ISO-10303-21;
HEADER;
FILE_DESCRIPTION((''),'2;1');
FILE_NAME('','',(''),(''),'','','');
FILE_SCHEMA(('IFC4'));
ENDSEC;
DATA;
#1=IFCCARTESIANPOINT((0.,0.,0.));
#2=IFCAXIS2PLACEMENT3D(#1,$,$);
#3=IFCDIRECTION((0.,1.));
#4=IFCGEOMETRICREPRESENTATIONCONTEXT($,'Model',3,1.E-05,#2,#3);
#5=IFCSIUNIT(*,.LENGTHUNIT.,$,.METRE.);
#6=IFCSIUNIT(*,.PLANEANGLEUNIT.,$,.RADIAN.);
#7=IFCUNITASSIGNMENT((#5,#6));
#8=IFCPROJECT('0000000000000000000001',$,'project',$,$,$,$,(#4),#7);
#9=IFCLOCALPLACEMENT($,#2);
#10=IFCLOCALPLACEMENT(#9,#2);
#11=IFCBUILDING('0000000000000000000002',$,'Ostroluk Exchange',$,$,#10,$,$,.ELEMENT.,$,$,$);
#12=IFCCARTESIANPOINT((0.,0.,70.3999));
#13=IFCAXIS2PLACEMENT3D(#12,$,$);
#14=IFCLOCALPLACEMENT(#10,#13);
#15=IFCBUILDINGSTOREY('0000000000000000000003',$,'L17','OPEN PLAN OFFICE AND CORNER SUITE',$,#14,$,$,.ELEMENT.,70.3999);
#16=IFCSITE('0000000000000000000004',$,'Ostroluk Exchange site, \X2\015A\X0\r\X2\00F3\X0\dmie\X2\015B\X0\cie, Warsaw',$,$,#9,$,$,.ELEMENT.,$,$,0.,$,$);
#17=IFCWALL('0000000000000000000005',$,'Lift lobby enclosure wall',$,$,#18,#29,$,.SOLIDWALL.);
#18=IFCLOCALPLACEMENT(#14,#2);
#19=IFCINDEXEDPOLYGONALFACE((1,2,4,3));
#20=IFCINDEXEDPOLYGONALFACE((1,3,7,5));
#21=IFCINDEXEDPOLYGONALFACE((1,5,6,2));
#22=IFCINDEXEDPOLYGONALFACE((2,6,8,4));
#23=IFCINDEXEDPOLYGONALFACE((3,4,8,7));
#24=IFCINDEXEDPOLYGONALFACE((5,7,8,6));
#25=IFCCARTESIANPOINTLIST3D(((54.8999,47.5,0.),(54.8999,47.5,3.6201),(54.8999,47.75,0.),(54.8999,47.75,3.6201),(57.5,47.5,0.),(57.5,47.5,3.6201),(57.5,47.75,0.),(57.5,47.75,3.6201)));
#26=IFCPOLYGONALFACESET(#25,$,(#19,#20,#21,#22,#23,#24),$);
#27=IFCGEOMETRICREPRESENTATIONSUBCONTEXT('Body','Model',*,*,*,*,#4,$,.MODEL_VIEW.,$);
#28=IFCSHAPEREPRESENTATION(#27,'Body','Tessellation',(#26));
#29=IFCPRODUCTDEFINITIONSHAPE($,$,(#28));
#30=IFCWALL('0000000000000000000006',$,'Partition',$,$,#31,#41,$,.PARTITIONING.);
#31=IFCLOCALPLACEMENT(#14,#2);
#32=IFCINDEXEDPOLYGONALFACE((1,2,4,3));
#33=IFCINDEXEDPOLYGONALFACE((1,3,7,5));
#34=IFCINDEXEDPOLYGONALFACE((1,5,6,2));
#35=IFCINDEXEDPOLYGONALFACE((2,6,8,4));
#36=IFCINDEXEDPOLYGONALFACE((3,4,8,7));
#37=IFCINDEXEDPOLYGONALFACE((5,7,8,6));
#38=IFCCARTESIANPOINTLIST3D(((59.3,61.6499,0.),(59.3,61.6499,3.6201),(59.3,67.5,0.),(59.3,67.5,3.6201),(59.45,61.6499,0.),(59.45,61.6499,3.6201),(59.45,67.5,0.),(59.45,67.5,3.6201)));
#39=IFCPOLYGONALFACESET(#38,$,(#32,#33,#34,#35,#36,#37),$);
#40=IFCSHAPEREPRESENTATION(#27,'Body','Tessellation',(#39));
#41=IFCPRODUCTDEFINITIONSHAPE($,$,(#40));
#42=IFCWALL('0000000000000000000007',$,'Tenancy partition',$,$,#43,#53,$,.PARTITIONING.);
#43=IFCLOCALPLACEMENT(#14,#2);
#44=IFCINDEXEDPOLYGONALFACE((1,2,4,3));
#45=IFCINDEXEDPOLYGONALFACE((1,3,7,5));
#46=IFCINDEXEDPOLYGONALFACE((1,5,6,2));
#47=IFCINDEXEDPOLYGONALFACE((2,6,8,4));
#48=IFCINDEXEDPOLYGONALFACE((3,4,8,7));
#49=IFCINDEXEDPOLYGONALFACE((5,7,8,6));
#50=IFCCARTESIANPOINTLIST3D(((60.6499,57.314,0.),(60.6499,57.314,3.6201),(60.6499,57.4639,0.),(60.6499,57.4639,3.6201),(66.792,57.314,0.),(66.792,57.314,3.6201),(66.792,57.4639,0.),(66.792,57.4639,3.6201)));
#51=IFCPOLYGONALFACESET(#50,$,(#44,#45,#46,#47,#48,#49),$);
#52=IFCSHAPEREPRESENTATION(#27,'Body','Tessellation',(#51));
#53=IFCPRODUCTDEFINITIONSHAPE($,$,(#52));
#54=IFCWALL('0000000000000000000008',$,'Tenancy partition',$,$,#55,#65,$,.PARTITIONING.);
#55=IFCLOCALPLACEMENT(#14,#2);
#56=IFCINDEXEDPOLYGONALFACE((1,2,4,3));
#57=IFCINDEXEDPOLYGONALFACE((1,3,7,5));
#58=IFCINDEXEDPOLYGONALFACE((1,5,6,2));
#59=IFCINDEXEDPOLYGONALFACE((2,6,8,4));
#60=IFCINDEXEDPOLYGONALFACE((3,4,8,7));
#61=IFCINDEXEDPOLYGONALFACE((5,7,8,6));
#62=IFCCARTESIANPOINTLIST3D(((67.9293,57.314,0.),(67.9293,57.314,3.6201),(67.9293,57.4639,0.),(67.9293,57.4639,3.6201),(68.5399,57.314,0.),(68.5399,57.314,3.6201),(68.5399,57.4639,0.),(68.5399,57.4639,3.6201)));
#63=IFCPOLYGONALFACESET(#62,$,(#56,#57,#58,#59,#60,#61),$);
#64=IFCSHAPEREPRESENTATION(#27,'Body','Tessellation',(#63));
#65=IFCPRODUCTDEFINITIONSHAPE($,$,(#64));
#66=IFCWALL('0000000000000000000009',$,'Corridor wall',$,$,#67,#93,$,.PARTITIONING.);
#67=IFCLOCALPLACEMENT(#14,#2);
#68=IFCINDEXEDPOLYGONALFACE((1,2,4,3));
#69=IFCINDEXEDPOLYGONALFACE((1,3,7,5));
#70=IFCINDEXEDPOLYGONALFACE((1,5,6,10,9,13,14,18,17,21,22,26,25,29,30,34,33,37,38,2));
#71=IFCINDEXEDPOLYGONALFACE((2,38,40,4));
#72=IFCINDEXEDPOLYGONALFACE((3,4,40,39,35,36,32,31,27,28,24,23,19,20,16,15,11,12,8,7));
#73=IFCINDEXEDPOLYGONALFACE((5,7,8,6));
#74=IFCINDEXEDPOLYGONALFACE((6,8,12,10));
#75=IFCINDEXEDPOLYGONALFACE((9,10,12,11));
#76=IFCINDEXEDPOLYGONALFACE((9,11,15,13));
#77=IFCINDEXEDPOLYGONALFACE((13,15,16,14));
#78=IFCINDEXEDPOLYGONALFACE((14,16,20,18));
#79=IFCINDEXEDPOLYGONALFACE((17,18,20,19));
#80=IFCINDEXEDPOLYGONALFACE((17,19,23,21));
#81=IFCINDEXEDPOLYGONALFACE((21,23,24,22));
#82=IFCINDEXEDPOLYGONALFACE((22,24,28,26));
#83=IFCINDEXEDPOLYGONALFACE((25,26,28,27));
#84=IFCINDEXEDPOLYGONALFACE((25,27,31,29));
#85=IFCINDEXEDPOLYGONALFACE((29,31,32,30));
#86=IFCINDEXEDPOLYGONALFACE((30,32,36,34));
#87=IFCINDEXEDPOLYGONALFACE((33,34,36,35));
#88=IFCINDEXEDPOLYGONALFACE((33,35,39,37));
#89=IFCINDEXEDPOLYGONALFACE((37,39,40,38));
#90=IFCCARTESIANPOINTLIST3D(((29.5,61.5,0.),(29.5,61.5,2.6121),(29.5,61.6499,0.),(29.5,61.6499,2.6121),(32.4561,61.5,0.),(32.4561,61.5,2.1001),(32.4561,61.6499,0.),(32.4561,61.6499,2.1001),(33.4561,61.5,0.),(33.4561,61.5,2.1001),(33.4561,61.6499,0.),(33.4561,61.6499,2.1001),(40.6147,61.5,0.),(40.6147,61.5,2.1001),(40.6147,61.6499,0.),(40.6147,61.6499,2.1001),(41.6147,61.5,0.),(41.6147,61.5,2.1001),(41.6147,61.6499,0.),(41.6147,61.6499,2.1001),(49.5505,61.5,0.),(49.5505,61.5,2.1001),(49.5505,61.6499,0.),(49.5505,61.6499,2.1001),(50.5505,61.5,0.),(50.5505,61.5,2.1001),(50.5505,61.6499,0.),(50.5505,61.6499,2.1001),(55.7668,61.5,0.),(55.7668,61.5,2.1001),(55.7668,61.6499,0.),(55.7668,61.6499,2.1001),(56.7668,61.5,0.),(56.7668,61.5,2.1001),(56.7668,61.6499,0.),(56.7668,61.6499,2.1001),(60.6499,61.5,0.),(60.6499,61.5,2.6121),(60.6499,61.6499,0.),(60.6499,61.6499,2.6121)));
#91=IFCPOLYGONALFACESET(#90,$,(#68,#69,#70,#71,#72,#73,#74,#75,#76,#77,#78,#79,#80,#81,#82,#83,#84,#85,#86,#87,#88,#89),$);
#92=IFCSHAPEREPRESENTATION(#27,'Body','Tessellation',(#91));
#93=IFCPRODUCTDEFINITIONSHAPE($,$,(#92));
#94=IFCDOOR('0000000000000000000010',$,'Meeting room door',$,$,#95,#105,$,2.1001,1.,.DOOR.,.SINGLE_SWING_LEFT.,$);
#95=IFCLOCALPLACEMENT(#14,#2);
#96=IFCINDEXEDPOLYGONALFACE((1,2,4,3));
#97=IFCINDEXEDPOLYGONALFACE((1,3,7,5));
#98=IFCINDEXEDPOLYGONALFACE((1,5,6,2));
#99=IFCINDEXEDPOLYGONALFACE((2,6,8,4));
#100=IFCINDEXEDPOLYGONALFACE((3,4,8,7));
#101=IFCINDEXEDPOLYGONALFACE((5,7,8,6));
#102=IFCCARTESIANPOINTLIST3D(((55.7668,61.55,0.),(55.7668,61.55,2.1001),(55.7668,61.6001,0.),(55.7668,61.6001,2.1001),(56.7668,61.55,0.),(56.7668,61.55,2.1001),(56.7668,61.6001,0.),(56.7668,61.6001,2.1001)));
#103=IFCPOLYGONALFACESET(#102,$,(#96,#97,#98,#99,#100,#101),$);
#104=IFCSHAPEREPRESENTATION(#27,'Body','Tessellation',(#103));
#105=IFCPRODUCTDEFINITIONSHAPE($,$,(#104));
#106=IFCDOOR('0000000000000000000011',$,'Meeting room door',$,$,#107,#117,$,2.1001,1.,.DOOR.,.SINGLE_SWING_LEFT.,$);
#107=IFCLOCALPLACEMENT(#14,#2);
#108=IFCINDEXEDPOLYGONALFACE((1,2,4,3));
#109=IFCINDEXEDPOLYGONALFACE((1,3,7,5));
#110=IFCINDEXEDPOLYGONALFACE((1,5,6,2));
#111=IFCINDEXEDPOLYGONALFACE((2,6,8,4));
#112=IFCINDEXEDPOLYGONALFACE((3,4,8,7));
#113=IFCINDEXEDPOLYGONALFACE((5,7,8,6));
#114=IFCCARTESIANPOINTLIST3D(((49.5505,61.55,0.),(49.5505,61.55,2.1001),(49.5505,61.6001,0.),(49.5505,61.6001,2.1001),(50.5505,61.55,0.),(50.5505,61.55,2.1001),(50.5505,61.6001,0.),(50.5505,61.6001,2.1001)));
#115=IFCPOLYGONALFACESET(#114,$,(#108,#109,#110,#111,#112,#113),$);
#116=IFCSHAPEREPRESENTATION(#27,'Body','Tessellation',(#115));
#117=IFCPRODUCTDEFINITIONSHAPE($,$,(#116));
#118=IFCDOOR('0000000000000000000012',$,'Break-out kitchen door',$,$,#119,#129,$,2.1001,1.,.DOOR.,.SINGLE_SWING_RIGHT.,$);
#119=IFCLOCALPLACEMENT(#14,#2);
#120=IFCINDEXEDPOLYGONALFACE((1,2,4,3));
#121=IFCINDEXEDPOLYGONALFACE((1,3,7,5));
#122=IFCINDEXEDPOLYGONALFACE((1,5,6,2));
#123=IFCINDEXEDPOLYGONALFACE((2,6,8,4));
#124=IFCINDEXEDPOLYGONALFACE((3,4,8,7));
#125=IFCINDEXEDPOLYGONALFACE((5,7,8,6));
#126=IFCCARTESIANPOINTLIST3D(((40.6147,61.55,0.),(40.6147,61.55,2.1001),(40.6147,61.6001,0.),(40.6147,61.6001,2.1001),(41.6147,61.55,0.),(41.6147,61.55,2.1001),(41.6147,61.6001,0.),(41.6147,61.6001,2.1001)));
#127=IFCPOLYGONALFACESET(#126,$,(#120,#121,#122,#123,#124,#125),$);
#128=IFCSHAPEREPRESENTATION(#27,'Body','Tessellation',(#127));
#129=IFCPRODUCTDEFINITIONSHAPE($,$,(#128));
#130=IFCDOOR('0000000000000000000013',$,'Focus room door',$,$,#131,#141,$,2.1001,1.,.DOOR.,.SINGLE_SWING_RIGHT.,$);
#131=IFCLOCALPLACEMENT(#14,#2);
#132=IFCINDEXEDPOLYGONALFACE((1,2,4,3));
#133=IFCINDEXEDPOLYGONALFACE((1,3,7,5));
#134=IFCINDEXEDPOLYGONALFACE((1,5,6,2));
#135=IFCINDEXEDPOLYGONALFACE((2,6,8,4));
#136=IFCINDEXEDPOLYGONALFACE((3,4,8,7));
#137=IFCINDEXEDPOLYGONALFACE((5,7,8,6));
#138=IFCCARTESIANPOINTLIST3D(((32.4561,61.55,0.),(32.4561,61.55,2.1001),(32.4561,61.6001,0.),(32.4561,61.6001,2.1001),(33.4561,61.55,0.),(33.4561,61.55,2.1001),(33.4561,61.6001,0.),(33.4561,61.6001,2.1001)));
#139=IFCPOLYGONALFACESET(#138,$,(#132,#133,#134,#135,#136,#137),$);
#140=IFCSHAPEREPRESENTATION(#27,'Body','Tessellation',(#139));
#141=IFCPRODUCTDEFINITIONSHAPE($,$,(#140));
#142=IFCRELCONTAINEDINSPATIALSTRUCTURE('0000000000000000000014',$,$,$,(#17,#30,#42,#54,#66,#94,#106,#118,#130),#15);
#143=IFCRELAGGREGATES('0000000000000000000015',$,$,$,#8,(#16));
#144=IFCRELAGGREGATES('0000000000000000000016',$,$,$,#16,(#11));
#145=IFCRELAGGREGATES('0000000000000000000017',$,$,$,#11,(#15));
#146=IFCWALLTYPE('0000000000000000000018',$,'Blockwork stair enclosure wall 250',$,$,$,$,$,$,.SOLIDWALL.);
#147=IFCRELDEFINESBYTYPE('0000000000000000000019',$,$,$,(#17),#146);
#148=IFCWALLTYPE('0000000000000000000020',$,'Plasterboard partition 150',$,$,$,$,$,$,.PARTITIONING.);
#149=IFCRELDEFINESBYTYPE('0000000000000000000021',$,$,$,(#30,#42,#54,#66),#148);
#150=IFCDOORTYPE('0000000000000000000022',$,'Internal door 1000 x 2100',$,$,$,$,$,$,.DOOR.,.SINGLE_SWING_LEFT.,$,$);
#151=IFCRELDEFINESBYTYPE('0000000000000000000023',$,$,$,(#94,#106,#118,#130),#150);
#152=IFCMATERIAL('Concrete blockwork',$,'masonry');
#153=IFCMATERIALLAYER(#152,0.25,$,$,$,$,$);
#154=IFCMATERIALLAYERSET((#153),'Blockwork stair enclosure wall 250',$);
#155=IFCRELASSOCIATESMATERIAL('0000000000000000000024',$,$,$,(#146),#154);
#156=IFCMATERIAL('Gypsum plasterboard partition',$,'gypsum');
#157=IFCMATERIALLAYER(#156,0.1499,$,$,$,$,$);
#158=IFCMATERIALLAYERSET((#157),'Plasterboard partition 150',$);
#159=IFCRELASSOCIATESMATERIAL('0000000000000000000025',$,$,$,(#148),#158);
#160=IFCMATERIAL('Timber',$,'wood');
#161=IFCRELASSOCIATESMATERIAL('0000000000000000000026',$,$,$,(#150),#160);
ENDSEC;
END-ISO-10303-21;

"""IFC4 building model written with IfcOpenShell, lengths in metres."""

from ifc_helpers import new_model, si_unit, direction, frame, frame_2d, origin, place, context, subcontext, project, spatial, rectangle, extrude, material, layer, layer_set, type_object, element, fill, save


model = new_model("IFC4")

# Units and contexts
model_context = context("Model", 3, precision=1e-05, world=origin(), true_north=direction((0.0, 1.0)))
body_context = subcontext(model_context, "Body", "Model", "MODEL_VIEW")
ifc_project = project(units=[si_unit("LENGTHUNIT", "METRE"), si_unit("PLANEANGLEUNIT", "RADIAN")], contexts=[model_context])

# Site, building, storey
site_placement = place(None, origin())
site = spatial("IfcSite", under=ifc_project, at=site_placement, Name="Ostroluk Exchange site, Śródmieście, Warsaw", CompositionType="ELEMENT", RefElevation=0.0)
building_placement = place(site_placement, origin())
building = spatial("IfcBuilding", under=site, at=building_placement, Name="Ostroluk Exchange", CompositionType="ELEMENT")
storey_placement = place(building_placement, frame((0.0, 0.0, 70.3999)))
storey = spatial("IfcBuildingStorey", under=building, at=storey_placement, Name="L17", Description="OPEN PLAN OFFICE AND CORNER SUITE", CompositionType="ELEMENT", Elevation=70.3999)

# Walls
ifc_material_1 = material(Name="Concrete blockwork", Category="masonry")
ifc_layer_1 = layer(ifc_material_1, 0.25)
ifc_layer_set_1 = layer_set([ifc_layer_1], Name="Blockwork stair enclosure wall 250")
wall_type_1 = type_object("IfcWallType", Name="Blockwork stair enclosure wall 250", PredefinedType="SOLIDWALL", material=ifc_layer_set_1)
wall_1_placement = place(storey_placement, frame((54.8999, 47.625, 0.0), z_axis=(0.0, 0.0, 1.0), x_axis=(1.0, 0.0, 0.0)))
element("IfcWall", 1, at=wall_1_placement, inside=storey, type_object=wall_type_1, Name="Lift lobby enclosure wall", PredefinedType="SOLIDWALL", context=body_context, shape_type="SweptSolid", body=[
    extrude(rectangle(XDim=2.6001, YDim=0.25, at=frame_2d((1.3, 0.0))), origin(), (0.0, 0.0, 1.0), 3.6201),
])
ifc_material_2 = material(Name="Gypsum plasterboard partition", Category="gypsum")
ifc_layer_2 = layer(ifc_material_2, 0.1499)
ifc_layer_set_2 = layer_set([ifc_layer_2], Name="Plasterboard partition 150")
wall_type_2 = type_object("IfcWallType", Name="Plasterboard partition 150", PredefinedType="PARTITIONING", material=ifc_layer_set_2)
wall_2_placement = place(storey_placement, frame((59.375, 61.6499, 0.0), z_axis=(0.0, 0.0, 1.0), x_axis=(0.0, 1.0, 0.0)))
element("IfcWall", 2, at=wall_2_placement, inside=storey, type_object=wall_type_2, Name="Partition", PredefinedType="PARTITIONING", context=body_context, shape_type="SweptSolid", body=[
    extrude(rectangle(XDim=5.8501, YDim=0.1499, at=frame_2d((2.925, 0.0))), origin(), (0.0, 0.0, 1.0), 3.6201),
])
wall_3_placement = place(storey_placement, frame((60.6499, 57.3889, 0.0), z_axis=(0.0, 0.0, 1.0), x_axis=(1.0, 0.0, 0.0)))
element("IfcWall", 3, at=wall_3_placement, inside=storey, type_object=wall_type_2, Name="Tenancy partition", PredefinedType="PARTITIONING", context=body_context, shape_type="SweptSolid", body=[
    extrude(rectangle(XDim=6.1421, YDim=0.1499, at=frame_2d((3.071, 0.0))), origin(), (0.0, 0.0, 1.0), 3.6201),
])
wall_4_placement = place(storey_placement, frame((67.9294, 57.3889, 0.0), z_axis=(0.0, 0.0, 1.0), x_axis=(1.0, 0.0, 0.0)))
element("IfcWall", 4, at=wall_4_placement, inside=storey, type_object=wall_type_2, Name="Tenancy partition", PredefinedType="PARTITIONING", context=body_context, shape_type="SweptSolid", body=[
    extrude(rectangle(XDim=0.6106, YDim=0.1499, at=frame_2d((0.3052, 0.0))), origin(), (0.0, 0.0, 1.0), 3.6201),
])

# Wall, openings, doors
wall_5_placement = place(storey_placement, frame((60.6499, 61.575, 0.0), z_axis=(0.0, 0.0, 1.0), x_axis=(-1.0, 0.0, 0.0)))
wall_5 = element("IfcWall", 5, at=wall_5_placement, inside=storey, type_object=wall_type_2, Name="Corridor wall", PredefinedType="PARTITIONING", context=body_context, shape_type="SweptSolid", body=[
    extrude(rectangle(XDim=31.1499, YDim=0.1499, at=frame_2d((15.575, 0.0))), origin(), (0.0, 0.0, 1.0), 2.6121),
])
opening_1_placement = place(wall_5_placement, frame((3.8831, 0.0, 0.0)))
opening_1 = element("IfcOpeningElement", 6, at=opening_1_placement, cuts=wall_5, PredefinedType="OPENING", context=body_context, shape_type="SweptSolid", body=[
    extrude(rectangle(XDim=1.0, YDim=2.1001, at=frame_2d((0.5, 1.05))), frame((0.0, 0.085, 0.0), z_axis=(0.0, -1.0, 0.0), x_axis=(1.0, 0.0, 0.0)), (0.0, 0.0, 1.0), 0.1699),
])
opening_2_placement = place(wall_5_placement, frame((10.0994, 0.0, 0.0)))
opening_2 = element("IfcOpeningElement", 7, at=opening_2_placement, cuts=wall_5, PredefinedType="OPENING", context=body_context, shape_type="SweptSolid", body=[
    extrude(rectangle(XDim=1.0, YDim=2.1001, at=frame_2d((0.5, 1.05))), frame((0.0, 0.085, 0.0), z_axis=(0.0, -1.0, 0.0), x_axis=(1.0, 0.0, 0.0)), (0.0, 0.0, 1.0), 0.1699),
])
opening_3_placement = place(wall_5_placement, frame((19.0352, 0.0, 0.0)))
opening_3 = element("IfcOpeningElement", 8, at=opening_3_placement, cuts=wall_5, PredefinedType="OPENING", context=body_context, shape_type="SweptSolid", body=[
    extrude(rectangle(XDim=1.0, YDim=2.1001, at=frame_2d((0.5, 1.05))), frame((0.0, 0.085, 0.0), z_axis=(0.0, -1.0, 0.0), x_axis=(1.0, 0.0, 0.0)), (0.0, 0.0, 1.0), 0.1699),
])
opening_4_placement = place(wall_5_placement, frame((27.1938, 0.0, 0.0)))
opening_4 = element("IfcOpeningElement", 9, at=opening_4_placement, cuts=wall_5, PredefinedType="OPENING", context=body_context, shape_type="SweptSolid", body=[
    extrude(rectangle(XDim=1.0, YDim=2.1001, at=frame_2d((0.5, 1.05))), frame((0.0, 0.085, 0.0), z_axis=(0.0, -1.0, 0.0), x_axis=(1.0, 0.0, 0.0)), (0.0, 0.0, 1.0), 0.1699),
])
ifc_material_3 = material(Name="Timber", Category="wood")
door_type = type_object("IfcDoorType", Name="Internal door 1000 x 2100", OperationType="SINGLE_SWING_LEFT", PredefinedType="DOOR", material=ifc_material_3)
door_1_placement = place(opening_1_placement, origin())
door_1 = element("IfcDoor", 10, at=door_1_placement, inside=storey, type_object=door_type, Name="Meeting room door", OperationType="SINGLE_SWING_LEFT", OverallHeight=2.1001, OverallWidth=1.0, PredefinedType="DOOR", context=body_context, shape_type="SweptSolid", body=[
    extrude(rectangle(XDim=1.0, YDim=2.1001, at=frame_2d((0.5, 1.05))), frame((0.0, 0.0249, 0.0), z_axis=(0.0, -1.0, 0.0), x_axis=(1.0, 0.0, 0.0)), (0.0, 0.0, 1.0), 0.05),
])
fill(opening_1, door_1)
door_2_placement = place(opening_2_placement, origin())
door_2 = element("IfcDoor", 11, at=door_2_placement, inside=storey, type_object=door_type, Name="Meeting room door", OperationType="SINGLE_SWING_LEFT", OverallHeight=2.1001, OverallWidth=1.0, PredefinedType="DOOR", context=body_context, shape_type="SweptSolid", body=[
    extrude(rectangle(XDim=1.0, YDim=2.1001, at=frame_2d((0.5, 1.05))), frame((0.0, 0.0249, 0.0), z_axis=(0.0, -1.0, 0.0), x_axis=(1.0, 0.0, 0.0)), (0.0, 0.0, 1.0), 0.05),
])
fill(opening_2, door_2)
door_3_placement = place(opening_3_placement, origin())
door_3 = element("IfcDoor", 12, at=door_3_placement, inside=storey, type_object=door_type, Name="Break-out kitchen door", OperationType="SINGLE_SWING_RIGHT", OverallHeight=2.1001, OverallWidth=1.0, PredefinedType="DOOR", context=body_context, shape_type="SweptSolid", body=[
    extrude(rectangle(XDim=1.0, YDim=2.1001, at=frame_2d((0.5, 1.05))), frame((0.0, 0.0249, 0.0), z_axis=(0.0, -1.0, 0.0), x_axis=(1.0, 0.0, 0.0)), (0.0, 0.0, 1.0), 0.05),
])
fill(opening_3, door_3)
door_4_placement = place(opening_4_placement, origin())
door_4 = element("IfcDoor", 13, at=door_4_placement, inside=storey, type_object=door_type, Name="Focus room door", OperationType="SINGLE_SWING_RIGHT", OverallHeight=2.1001, OverallWidth=1.0, PredefinedType="DOOR", context=body_context, shape_type="SweptSolid", body=[
    extrude(rectangle(XDim=1.0, YDim=2.1001, at=frame_2d((0.5, 1.05))), frame((0.0, 0.0249, 0.0), z_axis=(0.0, -1.0, 0.0), x_axis=(1.0, 0.0, 0.0)), (0.0, 0.0, 1.0), 0.05),
])
fill(opening_4, door_4)

save(model, "model.ifc")
